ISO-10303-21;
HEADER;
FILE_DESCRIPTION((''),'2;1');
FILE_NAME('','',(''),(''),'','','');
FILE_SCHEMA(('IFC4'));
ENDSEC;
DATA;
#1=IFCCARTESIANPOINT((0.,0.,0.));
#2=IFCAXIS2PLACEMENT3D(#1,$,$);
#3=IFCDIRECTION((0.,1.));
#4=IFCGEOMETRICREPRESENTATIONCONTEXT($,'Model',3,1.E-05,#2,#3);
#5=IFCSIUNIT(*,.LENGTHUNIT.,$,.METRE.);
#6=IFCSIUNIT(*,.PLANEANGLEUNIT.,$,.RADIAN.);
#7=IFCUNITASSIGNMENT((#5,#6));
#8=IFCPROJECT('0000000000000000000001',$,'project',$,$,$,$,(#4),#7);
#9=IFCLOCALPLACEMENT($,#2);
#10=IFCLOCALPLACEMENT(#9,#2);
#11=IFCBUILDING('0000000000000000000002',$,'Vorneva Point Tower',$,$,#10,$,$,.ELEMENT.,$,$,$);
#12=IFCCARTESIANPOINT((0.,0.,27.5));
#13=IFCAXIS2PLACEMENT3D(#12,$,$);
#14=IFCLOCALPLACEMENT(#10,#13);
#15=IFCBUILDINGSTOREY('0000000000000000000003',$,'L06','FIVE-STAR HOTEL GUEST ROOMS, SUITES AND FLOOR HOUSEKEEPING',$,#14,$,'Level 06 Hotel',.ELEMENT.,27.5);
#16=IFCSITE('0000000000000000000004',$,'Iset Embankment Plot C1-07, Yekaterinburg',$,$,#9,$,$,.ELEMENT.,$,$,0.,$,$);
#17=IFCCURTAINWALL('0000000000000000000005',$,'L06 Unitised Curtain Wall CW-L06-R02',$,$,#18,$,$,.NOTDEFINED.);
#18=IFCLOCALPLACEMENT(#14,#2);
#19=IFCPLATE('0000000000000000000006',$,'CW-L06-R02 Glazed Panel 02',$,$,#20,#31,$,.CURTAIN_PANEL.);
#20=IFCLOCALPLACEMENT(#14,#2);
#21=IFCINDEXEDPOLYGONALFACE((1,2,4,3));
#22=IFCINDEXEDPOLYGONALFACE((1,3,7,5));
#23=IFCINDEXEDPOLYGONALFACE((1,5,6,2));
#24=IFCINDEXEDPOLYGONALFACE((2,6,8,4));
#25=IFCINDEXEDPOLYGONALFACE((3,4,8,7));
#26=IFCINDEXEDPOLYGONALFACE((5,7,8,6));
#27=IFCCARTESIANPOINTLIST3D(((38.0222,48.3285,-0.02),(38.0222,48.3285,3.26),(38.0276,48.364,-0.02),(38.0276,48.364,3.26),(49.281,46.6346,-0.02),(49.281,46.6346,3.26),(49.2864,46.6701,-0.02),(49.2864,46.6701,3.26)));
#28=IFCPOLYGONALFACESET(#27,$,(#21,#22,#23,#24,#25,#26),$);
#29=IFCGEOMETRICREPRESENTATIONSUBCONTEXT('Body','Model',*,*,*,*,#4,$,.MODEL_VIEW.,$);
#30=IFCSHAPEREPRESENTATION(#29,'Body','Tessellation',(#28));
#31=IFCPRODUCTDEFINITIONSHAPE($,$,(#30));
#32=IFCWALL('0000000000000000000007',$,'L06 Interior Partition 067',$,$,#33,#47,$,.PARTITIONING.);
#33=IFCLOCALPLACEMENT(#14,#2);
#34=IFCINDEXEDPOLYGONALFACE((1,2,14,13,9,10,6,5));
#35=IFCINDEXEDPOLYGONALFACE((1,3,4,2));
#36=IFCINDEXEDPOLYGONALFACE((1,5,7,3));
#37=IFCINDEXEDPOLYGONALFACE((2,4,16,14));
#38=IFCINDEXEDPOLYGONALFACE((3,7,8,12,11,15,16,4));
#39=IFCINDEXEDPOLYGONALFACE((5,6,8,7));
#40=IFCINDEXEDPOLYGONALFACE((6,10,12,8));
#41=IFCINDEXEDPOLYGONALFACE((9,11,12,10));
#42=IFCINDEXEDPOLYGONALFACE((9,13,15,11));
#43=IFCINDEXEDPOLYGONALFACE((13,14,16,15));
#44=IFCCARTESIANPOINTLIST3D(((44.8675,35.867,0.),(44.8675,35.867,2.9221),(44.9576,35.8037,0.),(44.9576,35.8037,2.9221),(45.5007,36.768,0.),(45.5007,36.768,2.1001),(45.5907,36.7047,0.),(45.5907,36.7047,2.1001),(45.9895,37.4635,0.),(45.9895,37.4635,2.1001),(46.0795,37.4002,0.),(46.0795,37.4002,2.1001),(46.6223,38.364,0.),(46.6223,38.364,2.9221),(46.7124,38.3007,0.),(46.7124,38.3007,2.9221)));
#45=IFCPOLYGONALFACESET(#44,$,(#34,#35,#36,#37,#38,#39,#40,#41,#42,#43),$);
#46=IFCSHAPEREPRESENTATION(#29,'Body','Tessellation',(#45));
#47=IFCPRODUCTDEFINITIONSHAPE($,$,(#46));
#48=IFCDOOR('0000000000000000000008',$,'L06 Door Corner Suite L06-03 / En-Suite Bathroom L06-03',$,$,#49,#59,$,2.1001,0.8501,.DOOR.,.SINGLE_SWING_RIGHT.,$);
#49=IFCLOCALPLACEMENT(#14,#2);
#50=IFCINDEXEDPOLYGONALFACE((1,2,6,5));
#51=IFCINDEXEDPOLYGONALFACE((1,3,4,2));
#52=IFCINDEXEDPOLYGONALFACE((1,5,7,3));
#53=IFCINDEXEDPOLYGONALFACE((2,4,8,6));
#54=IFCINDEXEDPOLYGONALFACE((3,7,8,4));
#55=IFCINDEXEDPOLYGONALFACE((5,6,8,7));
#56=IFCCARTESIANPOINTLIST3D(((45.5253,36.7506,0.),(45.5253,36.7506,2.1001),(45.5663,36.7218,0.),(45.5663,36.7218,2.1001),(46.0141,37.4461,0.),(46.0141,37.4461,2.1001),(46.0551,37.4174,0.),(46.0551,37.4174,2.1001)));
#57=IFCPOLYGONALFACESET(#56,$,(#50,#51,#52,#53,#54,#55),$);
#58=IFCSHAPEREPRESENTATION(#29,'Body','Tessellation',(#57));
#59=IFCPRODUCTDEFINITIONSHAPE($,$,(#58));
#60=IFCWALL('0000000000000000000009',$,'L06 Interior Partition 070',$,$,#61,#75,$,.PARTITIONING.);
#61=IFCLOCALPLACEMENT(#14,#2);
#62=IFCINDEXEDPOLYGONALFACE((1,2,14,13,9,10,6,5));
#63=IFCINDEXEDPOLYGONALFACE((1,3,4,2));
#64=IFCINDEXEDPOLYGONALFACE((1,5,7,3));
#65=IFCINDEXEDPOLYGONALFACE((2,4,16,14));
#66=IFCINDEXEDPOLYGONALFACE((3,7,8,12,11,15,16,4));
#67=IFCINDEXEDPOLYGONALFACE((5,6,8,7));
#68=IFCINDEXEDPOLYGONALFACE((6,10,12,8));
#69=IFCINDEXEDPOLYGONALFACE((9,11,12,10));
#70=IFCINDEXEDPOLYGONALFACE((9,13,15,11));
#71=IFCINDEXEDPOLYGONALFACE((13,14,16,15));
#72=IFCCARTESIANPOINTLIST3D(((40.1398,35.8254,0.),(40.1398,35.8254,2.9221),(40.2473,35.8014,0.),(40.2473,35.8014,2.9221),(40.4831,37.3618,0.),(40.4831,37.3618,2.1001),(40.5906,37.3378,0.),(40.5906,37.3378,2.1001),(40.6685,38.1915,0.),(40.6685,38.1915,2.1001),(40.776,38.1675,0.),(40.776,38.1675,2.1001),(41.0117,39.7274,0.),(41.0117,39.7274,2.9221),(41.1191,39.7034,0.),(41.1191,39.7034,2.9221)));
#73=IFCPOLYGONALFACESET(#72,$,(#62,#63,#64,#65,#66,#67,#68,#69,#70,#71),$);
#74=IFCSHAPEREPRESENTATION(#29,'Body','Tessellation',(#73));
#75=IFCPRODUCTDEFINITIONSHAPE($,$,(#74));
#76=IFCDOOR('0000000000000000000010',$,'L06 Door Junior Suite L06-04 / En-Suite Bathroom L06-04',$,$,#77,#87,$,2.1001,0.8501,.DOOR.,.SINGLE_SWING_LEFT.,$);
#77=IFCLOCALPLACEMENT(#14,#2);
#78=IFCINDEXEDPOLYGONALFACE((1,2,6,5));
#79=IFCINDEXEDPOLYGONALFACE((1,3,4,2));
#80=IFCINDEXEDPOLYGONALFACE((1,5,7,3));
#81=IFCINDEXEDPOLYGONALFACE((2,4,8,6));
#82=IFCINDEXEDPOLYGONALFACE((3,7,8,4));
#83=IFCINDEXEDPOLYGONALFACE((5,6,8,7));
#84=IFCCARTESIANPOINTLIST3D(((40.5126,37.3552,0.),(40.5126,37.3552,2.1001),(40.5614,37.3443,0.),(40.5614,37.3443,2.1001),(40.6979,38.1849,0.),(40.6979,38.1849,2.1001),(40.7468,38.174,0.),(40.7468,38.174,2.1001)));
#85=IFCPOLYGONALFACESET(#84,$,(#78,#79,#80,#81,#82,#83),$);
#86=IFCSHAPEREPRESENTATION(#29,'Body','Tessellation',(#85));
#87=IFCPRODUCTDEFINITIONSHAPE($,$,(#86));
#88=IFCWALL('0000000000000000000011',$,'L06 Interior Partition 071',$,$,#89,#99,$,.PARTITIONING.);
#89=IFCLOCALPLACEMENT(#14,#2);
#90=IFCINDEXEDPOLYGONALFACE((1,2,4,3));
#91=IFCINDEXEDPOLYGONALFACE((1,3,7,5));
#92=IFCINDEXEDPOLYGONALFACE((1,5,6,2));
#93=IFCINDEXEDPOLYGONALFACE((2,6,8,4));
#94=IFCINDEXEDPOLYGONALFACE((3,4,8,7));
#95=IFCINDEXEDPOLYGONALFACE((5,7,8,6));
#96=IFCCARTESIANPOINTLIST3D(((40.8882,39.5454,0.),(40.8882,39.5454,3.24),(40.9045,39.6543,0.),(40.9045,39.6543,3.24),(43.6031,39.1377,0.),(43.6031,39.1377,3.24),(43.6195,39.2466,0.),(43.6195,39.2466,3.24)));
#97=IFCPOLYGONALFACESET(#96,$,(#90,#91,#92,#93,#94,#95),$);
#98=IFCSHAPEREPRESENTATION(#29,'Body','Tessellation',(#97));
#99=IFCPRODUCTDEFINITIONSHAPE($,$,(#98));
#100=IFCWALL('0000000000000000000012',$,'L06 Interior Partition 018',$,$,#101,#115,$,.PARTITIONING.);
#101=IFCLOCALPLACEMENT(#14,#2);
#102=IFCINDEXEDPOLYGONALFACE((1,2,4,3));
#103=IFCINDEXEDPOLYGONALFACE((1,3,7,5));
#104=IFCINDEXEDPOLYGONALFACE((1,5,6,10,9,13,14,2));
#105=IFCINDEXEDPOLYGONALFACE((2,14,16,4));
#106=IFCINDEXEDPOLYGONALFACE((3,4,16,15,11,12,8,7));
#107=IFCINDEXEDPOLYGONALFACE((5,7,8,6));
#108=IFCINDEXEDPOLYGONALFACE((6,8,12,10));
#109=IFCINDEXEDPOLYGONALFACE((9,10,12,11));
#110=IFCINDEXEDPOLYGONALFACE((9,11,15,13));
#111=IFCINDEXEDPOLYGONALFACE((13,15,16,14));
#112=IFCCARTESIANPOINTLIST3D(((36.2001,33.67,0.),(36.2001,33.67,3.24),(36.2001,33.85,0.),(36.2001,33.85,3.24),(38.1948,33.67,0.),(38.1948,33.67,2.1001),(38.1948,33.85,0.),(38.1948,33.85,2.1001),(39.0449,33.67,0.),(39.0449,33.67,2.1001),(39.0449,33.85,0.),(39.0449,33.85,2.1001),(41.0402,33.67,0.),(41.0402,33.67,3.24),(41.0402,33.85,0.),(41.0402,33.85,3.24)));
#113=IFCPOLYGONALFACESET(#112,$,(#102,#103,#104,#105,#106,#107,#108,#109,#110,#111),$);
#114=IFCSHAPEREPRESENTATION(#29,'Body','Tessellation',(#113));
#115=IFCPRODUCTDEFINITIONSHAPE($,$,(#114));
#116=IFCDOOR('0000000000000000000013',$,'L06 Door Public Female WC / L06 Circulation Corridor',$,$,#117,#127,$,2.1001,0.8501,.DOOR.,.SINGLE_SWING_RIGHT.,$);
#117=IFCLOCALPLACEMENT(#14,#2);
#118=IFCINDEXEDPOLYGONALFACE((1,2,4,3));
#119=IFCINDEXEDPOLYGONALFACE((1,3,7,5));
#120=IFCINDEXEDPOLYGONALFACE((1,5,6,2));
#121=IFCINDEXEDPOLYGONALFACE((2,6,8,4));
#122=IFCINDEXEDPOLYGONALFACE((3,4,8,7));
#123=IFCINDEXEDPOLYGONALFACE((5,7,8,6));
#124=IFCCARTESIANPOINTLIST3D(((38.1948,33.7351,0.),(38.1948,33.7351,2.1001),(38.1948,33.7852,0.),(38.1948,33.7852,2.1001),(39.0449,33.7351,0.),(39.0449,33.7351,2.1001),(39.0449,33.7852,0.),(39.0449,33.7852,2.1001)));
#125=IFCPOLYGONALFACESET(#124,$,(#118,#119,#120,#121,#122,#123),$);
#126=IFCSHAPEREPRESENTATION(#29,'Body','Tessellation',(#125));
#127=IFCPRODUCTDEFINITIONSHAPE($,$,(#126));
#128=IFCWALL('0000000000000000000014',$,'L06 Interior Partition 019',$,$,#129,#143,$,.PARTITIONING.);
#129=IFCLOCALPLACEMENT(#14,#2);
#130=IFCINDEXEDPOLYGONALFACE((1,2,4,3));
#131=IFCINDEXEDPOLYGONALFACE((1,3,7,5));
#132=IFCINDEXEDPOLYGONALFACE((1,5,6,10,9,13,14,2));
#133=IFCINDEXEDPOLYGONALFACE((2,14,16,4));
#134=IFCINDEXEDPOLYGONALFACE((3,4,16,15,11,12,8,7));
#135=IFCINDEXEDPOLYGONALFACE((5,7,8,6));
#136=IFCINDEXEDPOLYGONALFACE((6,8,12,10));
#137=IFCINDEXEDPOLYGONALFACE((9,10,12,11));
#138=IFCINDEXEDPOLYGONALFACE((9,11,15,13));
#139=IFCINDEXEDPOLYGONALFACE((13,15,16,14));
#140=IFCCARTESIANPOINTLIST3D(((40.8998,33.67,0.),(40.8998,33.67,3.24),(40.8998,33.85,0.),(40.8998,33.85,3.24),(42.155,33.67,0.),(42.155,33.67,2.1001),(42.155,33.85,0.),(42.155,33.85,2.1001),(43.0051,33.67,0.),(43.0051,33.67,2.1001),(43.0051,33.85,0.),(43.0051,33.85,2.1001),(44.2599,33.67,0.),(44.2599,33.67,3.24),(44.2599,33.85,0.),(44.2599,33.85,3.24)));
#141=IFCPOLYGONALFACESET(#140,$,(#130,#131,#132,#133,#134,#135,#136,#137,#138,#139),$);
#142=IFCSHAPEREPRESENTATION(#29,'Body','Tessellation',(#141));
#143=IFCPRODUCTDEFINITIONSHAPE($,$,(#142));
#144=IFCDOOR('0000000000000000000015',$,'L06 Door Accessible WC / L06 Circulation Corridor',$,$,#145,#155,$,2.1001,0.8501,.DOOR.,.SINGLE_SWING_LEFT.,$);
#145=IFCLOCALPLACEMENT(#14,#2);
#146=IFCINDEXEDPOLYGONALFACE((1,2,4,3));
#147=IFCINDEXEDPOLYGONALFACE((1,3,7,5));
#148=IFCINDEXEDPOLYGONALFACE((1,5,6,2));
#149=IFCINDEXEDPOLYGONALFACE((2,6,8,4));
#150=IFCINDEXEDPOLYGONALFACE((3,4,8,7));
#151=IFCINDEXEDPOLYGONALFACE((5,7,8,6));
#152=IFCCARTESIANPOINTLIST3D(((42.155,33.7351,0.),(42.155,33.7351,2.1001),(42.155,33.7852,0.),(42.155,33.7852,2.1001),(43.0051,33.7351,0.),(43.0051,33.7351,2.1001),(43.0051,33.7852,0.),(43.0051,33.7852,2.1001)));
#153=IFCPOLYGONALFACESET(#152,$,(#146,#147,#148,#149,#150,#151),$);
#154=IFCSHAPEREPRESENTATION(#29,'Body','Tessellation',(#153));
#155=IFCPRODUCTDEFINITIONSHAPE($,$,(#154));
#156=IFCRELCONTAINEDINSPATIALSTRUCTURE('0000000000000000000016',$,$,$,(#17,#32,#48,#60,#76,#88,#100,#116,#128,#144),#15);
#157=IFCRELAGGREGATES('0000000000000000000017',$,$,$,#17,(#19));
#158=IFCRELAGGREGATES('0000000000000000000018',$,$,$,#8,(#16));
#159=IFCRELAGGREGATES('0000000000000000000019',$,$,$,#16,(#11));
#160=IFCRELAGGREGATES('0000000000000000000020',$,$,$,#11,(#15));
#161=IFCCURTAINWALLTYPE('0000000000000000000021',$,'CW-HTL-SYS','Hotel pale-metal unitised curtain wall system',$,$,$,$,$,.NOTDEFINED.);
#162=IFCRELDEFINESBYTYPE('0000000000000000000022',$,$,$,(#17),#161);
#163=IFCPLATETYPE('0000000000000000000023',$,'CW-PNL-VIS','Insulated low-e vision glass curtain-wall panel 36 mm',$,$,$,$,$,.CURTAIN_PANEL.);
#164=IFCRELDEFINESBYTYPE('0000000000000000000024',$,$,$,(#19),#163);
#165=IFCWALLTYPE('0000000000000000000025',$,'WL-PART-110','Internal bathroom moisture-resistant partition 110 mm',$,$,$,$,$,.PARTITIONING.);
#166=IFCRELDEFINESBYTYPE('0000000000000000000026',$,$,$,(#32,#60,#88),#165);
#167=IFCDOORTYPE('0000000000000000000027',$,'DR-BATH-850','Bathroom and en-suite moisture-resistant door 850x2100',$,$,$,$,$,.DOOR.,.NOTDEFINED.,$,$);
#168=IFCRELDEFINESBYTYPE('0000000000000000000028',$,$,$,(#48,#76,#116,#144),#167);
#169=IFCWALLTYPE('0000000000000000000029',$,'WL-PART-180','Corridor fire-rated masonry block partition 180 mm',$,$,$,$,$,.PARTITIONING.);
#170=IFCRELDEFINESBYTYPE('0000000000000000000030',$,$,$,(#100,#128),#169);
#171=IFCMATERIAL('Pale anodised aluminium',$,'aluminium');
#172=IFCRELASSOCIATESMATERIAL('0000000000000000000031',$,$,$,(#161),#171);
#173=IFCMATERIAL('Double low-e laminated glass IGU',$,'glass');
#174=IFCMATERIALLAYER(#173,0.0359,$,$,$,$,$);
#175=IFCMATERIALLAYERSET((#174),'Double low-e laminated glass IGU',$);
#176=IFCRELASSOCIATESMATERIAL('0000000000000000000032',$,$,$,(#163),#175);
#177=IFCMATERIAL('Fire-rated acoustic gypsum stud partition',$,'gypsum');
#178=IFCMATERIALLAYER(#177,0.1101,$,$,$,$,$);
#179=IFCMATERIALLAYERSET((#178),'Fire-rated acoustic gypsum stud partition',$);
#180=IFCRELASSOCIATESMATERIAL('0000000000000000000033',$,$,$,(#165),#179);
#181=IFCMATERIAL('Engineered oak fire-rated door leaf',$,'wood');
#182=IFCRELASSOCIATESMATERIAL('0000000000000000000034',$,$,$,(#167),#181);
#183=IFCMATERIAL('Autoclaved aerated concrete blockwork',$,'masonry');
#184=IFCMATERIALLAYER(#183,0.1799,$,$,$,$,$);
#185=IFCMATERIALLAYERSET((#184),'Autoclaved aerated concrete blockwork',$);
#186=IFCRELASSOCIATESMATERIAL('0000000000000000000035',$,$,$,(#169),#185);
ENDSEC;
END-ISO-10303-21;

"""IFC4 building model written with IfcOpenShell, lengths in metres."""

from ifc_helpers import new_model, si_unit, direction, frame, frame_2d, origin, origin_2d, place, context, subcontext, project, spatial, rectangle, extrude, material, layer, layer_set, type_object, element, fill, aggregate, save


model = new_model("IFC4")

# Units and contexts
model_context = context("Model", 3, precision=1e-05, world=origin(), true_north=direction((0.0, 1.0)))
body_context = subcontext(model_context, "Body", "Model", "MODEL_VIEW")
ifc_project = project(units=[si_unit("LENGTHUNIT", "METRE"), si_unit("PLANEANGLEUNIT", "RADIAN")], contexts=[model_context])

# Site, building, storey
site_placement = place(None, origin())
site = spatial("IfcSite", under=ifc_project, at=site_placement, Name="Iset Embankment Plot C1-07, Yekaterinburg", CompositionType="ELEMENT", RefElevation=0.0)
building_placement = place(site_placement, origin())
building = spatial("IfcBuilding", under=site, at=building_placement, Name="Vorneva Point Tower", CompositionType="ELEMENT")
storey_placement = place(building_placement, frame((0.0, 0.0, 27.5)))
storey = spatial("IfcBuildingStorey", under=building, at=storey_placement, Name="L06", Description="FIVE-STAR HOTEL GUEST ROOMS, SUITES AND FLOOR HOUSEKEEPING", LongName="Level 06 Hotel", CompositionType="ELEMENT", Elevation=27.5)

# Curtain wall, plate
ifc_material_1 = material(Name="Pale anodised aluminium", Category="aluminium")
curtain_wall_type = type_object("IfcCurtainWallType", Name="CW-HTL-SYS", Description="Hotel pale-metal unitised curtain wall system", PredefinedType="NOTDEFINED", material=ifc_material_1)
curtain_wall_placement = place(storey_placement, origin())
curtain_wall = element("IfcCurtainWall", 1, at=curtain_wall_placement, inside=storey, type_object=curtain_wall_type, Name="L06 Unitised Curtain Wall CW-L06-R02", PredefinedType="NOTDEFINED")
ifc_material_2 = material(Name="Double low-e laminated glass IGU", Category="glass")
ifc_layer_1 = layer(ifc_material_2, 0.0359)
ifc_layer_set_1 = layer_set([ifc_layer_1], Name="Double low-e laminated glass IGU")
plate_type = type_object("IfcPlateType", Name="CW-PNL-VIS", Description="Insulated low-e vision glass curtain-wall panel 36 mm", PredefinedType="CURTAIN_PANEL", material=ifc_layer_set_1)
plate_placement = place(storey_placement, frame((43.6543, 47.4993, -0.02), z_axis=(0.0, 0.0, 1.0), x_axis=(-0.988871, 0.148776, 0.0)))
plate = element("IfcPlate", 2, at=plate_placement, type_object=plate_type, Name="CW-L06-R02 Glazed Panel 02", PredefinedType="CURTAIN_PANEL", context=body_context, shape_type="SweptSolid", body=[
    extrude(rectangle(XDim=11.3855, YDim=0.0359, at=origin_2d()), origin(), (0.0, 0.0, 1.0), 3.28),
])
aggregate(curtain_wall, [plate])

# Walls, openings, doors
ifc_material_3 = material(Name="Fire-rated acoustic gypsum stud partition", Category="gypsum")
ifc_layer_2 = layer(ifc_material_3, 0.1101)
ifc_layer_set_2 = layer_set([ifc_layer_2], Name="Fire-rated acoustic gypsum stud partition")
wall_type_1 = type_object("IfcWallType", Name="WL-PART-110", Description="Internal bathroom moisture-resistant partition 110 mm", PredefinedType="PARTITIONING", material=ifc_layer_set_2)
wall_1_placement = place(storey_placement, frame((44.9126, 35.8354, 0.0), z_axis=(0.0, 0.0, 1.0), x_axis=(0.574986, 0.818163, 0.0)))
wall_1 = element("IfcWall", 3, at=wall_1_placement, inside=storey, type_object=wall_type_1, Name="L06 Interior Partition 067", PredefinedType="PARTITIONING", context=body_context, shape_type="SweptSolid", body=[
    extrude(rectangle(XDim=3.052, YDim=0.1101, at=frame_2d((1.5259, 0.0))), origin(), (0.0, 0.0, 1.0), 2.9221),
])
opening_1_placement = place(wall_1_placement, frame((1.1011, 0.0, 0.0)))
opening_1 = element("IfcOpeningElement", 4, at=opening_1_placement, cuts=wall_1, PredefinedType="OPENING", context=body_context, shape_type="SweptSolid", body=[
    extrude(rectangle(XDim=0.8501, YDim=2.1001, at=frame_2d((0.425, 1.05))), frame((0.0, 0.0698, 0.0), z_axis=(0.0, -1.0, 0.0), x_axis=(1.0, 0.0, 0.0)), (0.0, 0.0, 1.0), 0.1399),
])
ifc_material_4 = material(Name="Engineered oak fire-rated door leaf", Category="wood")
door_type_1 = type_object("IfcDoorType", Name="DR-BATH-850", Description="Bathroom and en-suite moisture-resistant door 850x2100", OperationType="NOTDEFINED", PredefinedType="DOOR", material=ifc_material_4)
door_1_placement = place(opening_1_placement, origin())
door_1 = element("IfcDoor", 5, at=door_1_placement, inside=storey, type_object=door_type_1, Name="L06 Door Corner Suite L06-03 / En-Suite Bathroom L06-03", OperationType="SINGLE_SWING_RIGHT", OverallHeight=2.1001, OverallWidth=0.8501, PredefinedType="DOOR", context=body_context, shape_type="SweptSolid", body=[
    extrude(rectangle(XDim=0.8501, YDim=2.1001, at=frame_2d((0.425, 1.05))), frame((0.0, 0.0249, 0.0), z_axis=(0.0, -1.0, 0.0), x_axis=(1.0, 0.0, 0.0)), (0.0, 0.0, 1.0), 0.05),
])
fill(opening_1, door_1)
wall_2_placement = place(storey_placement, frame((40.1936, 35.8135, 0.0), z_axis=(0.0, 0.0, 1.0), x_axis=(0.218049, 0.975938, 0.0)))
wall_2 = element("IfcWall", 6, at=wall_2_placement, inside=storey, type_object=wall_type_1, Name="L06 Interior Partition 070", PredefinedType="PARTITIONING", context=body_context, shape_type="SweptSolid", body=[
    extrude(rectangle(XDim=3.9983, YDim=0.1101, at=frame_2d((1.999, 0.0))), origin(), (0.0, 0.0, 1.0), 2.9221),
])
opening_2_placement = place(wall_2_placement, frame((1.5742, 0.0, 0.0)))
opening_2 = element("IfcOpeningElement", 7, at=opening_2_placement, cuts=wall_2, PredefinedType="OPENING", context=body_context, shape_type="SweptSolid", body=[
    extrude(rectangle(XDim=0.8501, YDim=2.1001, at=frame_2d((0.425, 1.05))), frame((0.0, 0.0698, 0.0), z_axis=(0.0, -1.0, 0.0), x_axis=(1.0, 0.0, 0.0)), (0.0, 0.0, 1.0), 0.1399),
])
door_2_placement = place(opening_2_placement, origin())
door_2 = element("IfcDoor", 8, at=door_2_placement, inside=storey, type_object=door_type_1, Name="L06 Door Junior Suite L06-04 / En-Suite Bathroom L06-04", OperationType="SINGLE_SWING_LEFT", OverallHeight=2.1001, OverallWidth=0.8501, PredefinedType="DOOR", context=body_context, shape_type="SweptSolid", body=[
    extrude(rectangle(XDim=0.8501, YDim=2.1001, at=frame_2d((0.425, 1.05))), frame((0.0, 0.0249, 0.0), z_axis=(0.0, -1.0, 0.0), x_axis=(1.0, 0.0, 0.0)), (0.0, 0.0, 1.0), 0.05),
])
fill(opening_2, door_2)

# Wall
wall_3_placement = place(storey_placement, frame((40.8965, 39.5999, 0.0), z_axis=(0.0, 0.0, 1.0), x_axis=(0.98891, -0.148514, 0.0)))
element("IfcWall", 9, at=wall_3_placement, inside=storey, type_object=wall_type_1, Name="L06 Interior Partition 071", PredefinedType="PARTITIONING", context=body_context, shape_type="SweptSolid", body=[
    extrude(rectangle(XDim=2.7454, YDim=0.1101, at=frame_2d((1.3726, 0.0))), origin(), (0.0, 0.0, 1.0), 3.24),
])

# Walls, openings, doors
ifc_material_5 = material(Name="Autoclaved aerated concrete blockwork", Category="masonry")
ifc_layer_3 = layer(ifc_material_5, 0.1799)
ifc_layer_set_3 = layer_set([ifc_layer_3], Name="Autoclaved aerated concrete blockwork")
wall_type_2 = type_object("IfcWallType", Name="WL-PART-180", Description="Corridor fire-rated masonry block partition 180 mm", PredefinedType="PARTITIONING", material=ifc_layer_set_3)
wall_4_placement = place(storey_placement, frame((41.04, 33.76, 0.0), z_axis=(0.0, 0.0, 1.0), x_axis=(-1.0, 0.0, 0.0)))
wall_4 = element("IfcWall", 10, at=wall_4_placement, inside=storey, type_object=wall_type_2, Name="L06 Interior Partition 018", PredefinedType="PARTITIONING", context=body_context, shape_type="SweptSolid", body=[
    extrude(rectangle(XDim=4.8401, YDim=0.1799, at=frame_2d((2.4199, 0.0))), origin(), (0.0, 0.0, 1.0), 3.24),
])
opening_3_placement = place(wall_4_placement, frame((1.9951, 0.0, 0.0)))
opening_3 = element("IfcOpeningElement", 11, at=opening_3_placement, cuts=wall_4, PredefinedType="OPENING", context=body_context, shape_type="SweptSolid", body=[
    extrude(rectangle(XDim=0.8501, YDim=2.1001, at=frame_2d((0.425, 1.05))), frame((0.0, 0.105, 0.0), z_axis=(0.0, -1.0, 0.0), x_axis=(1.0, 0.0, 0.0)), (0.0, 0.0, 1.0), 0.2097),
])
door_3_placement = place(opening_3_placement, origin())
door_3 = element("IfcDoor", 12, at=door_3_placement, inside=storey, type_object=door_type_1, Name="L06 Door Public Female WC / L06 Circulation Corridor", OperationType="SINGLE_SWING_RIGHT", OverallHeight=2.1001, OverallWidth=0.8501, PredefinedType="DOOR", context=body_context, shape_type="SweptSolid", body=[
    extrude(rectangle(XDim=0.8501, YDim=2.1001, at=frame_2d((0.425, 1.05))), frame((0.0, 0.0249, 0.0), z_axis=(0.0, -1.0, 0.0), x_axis=(1.0, 0.0, 0.0)), (0.0, 0.0, 1.0), 0.05),
])
fill(opening_3, door_3)
wall_5_placement = place(storey_placement, frame((44.26, 33.76, 0.0), z_axis=(0.0, 0.0, 1.0), x_axis=(-1.0, 0.0, 0.0)))
wall_5 = element("IfcWall", 13, at=wall_5_placement, inside=storey, type_object=wall_type_2, Name="L06 Interior Partition 019", PredefinedType="PARTITIONING", context=body_context, shape_type="SweptSolid", body=[
    extrude(rectangle(XDim=3.3601, YDim=0.1799, at=frame_2d((1.6802, 0.0))), origin(), (0.0, 0.0, 1.0), 3.24),
])
opening_4_placement = place(wall_5_placement, frame((1.2549, 0.0, 0.0)))
opening_4 = element("IfcOpeningElement", 14, at=opening_4_placement, cuts=wall_5, PredefinedType="OPENING", context=body_context, shape_type="SweptSolid", body=[
    extrude(rectangle(XDim=0.8501, YDim=2.1001, at=frame_2d((0.425, 1.05))), frame((0.0, 0.105, 0.0), z_axis=(0.0, -1.0, 0.0), x_axis=(1.0, 0.0, 0.0)), (0.0, 0.0, 1.0), 0.2097),
])
door_4_placement = place(opening_4_placement, origin())
door_4 = element("IfcDoor", 15, at=door_4_placement, inside=storey, type_object=door_type_1, Name="L06 Door Accessible WC / L06 Circulation Corridor", OperationType="SINGLE_SWING_LEFT", OverallHeight=2.1001, OverallWidth=0.8501, PredefinedType="DOOR", context=body_context, shape_type="SweptSolid", body=[
    extrude(rectangle(XDim=0.8501, YDim=2.1001, at=frame_2d((0.425, 1.05))), frame((0.0, 0.0249, 0.0), z_axis=(0.0, -1.0, 0.0), x_axis=(1.0, 0.0, 0.0)), (0.0, 0.0, 1.0), 0.05),
])
fill(opening_4, door_4)

save(model, "model.ifc")
